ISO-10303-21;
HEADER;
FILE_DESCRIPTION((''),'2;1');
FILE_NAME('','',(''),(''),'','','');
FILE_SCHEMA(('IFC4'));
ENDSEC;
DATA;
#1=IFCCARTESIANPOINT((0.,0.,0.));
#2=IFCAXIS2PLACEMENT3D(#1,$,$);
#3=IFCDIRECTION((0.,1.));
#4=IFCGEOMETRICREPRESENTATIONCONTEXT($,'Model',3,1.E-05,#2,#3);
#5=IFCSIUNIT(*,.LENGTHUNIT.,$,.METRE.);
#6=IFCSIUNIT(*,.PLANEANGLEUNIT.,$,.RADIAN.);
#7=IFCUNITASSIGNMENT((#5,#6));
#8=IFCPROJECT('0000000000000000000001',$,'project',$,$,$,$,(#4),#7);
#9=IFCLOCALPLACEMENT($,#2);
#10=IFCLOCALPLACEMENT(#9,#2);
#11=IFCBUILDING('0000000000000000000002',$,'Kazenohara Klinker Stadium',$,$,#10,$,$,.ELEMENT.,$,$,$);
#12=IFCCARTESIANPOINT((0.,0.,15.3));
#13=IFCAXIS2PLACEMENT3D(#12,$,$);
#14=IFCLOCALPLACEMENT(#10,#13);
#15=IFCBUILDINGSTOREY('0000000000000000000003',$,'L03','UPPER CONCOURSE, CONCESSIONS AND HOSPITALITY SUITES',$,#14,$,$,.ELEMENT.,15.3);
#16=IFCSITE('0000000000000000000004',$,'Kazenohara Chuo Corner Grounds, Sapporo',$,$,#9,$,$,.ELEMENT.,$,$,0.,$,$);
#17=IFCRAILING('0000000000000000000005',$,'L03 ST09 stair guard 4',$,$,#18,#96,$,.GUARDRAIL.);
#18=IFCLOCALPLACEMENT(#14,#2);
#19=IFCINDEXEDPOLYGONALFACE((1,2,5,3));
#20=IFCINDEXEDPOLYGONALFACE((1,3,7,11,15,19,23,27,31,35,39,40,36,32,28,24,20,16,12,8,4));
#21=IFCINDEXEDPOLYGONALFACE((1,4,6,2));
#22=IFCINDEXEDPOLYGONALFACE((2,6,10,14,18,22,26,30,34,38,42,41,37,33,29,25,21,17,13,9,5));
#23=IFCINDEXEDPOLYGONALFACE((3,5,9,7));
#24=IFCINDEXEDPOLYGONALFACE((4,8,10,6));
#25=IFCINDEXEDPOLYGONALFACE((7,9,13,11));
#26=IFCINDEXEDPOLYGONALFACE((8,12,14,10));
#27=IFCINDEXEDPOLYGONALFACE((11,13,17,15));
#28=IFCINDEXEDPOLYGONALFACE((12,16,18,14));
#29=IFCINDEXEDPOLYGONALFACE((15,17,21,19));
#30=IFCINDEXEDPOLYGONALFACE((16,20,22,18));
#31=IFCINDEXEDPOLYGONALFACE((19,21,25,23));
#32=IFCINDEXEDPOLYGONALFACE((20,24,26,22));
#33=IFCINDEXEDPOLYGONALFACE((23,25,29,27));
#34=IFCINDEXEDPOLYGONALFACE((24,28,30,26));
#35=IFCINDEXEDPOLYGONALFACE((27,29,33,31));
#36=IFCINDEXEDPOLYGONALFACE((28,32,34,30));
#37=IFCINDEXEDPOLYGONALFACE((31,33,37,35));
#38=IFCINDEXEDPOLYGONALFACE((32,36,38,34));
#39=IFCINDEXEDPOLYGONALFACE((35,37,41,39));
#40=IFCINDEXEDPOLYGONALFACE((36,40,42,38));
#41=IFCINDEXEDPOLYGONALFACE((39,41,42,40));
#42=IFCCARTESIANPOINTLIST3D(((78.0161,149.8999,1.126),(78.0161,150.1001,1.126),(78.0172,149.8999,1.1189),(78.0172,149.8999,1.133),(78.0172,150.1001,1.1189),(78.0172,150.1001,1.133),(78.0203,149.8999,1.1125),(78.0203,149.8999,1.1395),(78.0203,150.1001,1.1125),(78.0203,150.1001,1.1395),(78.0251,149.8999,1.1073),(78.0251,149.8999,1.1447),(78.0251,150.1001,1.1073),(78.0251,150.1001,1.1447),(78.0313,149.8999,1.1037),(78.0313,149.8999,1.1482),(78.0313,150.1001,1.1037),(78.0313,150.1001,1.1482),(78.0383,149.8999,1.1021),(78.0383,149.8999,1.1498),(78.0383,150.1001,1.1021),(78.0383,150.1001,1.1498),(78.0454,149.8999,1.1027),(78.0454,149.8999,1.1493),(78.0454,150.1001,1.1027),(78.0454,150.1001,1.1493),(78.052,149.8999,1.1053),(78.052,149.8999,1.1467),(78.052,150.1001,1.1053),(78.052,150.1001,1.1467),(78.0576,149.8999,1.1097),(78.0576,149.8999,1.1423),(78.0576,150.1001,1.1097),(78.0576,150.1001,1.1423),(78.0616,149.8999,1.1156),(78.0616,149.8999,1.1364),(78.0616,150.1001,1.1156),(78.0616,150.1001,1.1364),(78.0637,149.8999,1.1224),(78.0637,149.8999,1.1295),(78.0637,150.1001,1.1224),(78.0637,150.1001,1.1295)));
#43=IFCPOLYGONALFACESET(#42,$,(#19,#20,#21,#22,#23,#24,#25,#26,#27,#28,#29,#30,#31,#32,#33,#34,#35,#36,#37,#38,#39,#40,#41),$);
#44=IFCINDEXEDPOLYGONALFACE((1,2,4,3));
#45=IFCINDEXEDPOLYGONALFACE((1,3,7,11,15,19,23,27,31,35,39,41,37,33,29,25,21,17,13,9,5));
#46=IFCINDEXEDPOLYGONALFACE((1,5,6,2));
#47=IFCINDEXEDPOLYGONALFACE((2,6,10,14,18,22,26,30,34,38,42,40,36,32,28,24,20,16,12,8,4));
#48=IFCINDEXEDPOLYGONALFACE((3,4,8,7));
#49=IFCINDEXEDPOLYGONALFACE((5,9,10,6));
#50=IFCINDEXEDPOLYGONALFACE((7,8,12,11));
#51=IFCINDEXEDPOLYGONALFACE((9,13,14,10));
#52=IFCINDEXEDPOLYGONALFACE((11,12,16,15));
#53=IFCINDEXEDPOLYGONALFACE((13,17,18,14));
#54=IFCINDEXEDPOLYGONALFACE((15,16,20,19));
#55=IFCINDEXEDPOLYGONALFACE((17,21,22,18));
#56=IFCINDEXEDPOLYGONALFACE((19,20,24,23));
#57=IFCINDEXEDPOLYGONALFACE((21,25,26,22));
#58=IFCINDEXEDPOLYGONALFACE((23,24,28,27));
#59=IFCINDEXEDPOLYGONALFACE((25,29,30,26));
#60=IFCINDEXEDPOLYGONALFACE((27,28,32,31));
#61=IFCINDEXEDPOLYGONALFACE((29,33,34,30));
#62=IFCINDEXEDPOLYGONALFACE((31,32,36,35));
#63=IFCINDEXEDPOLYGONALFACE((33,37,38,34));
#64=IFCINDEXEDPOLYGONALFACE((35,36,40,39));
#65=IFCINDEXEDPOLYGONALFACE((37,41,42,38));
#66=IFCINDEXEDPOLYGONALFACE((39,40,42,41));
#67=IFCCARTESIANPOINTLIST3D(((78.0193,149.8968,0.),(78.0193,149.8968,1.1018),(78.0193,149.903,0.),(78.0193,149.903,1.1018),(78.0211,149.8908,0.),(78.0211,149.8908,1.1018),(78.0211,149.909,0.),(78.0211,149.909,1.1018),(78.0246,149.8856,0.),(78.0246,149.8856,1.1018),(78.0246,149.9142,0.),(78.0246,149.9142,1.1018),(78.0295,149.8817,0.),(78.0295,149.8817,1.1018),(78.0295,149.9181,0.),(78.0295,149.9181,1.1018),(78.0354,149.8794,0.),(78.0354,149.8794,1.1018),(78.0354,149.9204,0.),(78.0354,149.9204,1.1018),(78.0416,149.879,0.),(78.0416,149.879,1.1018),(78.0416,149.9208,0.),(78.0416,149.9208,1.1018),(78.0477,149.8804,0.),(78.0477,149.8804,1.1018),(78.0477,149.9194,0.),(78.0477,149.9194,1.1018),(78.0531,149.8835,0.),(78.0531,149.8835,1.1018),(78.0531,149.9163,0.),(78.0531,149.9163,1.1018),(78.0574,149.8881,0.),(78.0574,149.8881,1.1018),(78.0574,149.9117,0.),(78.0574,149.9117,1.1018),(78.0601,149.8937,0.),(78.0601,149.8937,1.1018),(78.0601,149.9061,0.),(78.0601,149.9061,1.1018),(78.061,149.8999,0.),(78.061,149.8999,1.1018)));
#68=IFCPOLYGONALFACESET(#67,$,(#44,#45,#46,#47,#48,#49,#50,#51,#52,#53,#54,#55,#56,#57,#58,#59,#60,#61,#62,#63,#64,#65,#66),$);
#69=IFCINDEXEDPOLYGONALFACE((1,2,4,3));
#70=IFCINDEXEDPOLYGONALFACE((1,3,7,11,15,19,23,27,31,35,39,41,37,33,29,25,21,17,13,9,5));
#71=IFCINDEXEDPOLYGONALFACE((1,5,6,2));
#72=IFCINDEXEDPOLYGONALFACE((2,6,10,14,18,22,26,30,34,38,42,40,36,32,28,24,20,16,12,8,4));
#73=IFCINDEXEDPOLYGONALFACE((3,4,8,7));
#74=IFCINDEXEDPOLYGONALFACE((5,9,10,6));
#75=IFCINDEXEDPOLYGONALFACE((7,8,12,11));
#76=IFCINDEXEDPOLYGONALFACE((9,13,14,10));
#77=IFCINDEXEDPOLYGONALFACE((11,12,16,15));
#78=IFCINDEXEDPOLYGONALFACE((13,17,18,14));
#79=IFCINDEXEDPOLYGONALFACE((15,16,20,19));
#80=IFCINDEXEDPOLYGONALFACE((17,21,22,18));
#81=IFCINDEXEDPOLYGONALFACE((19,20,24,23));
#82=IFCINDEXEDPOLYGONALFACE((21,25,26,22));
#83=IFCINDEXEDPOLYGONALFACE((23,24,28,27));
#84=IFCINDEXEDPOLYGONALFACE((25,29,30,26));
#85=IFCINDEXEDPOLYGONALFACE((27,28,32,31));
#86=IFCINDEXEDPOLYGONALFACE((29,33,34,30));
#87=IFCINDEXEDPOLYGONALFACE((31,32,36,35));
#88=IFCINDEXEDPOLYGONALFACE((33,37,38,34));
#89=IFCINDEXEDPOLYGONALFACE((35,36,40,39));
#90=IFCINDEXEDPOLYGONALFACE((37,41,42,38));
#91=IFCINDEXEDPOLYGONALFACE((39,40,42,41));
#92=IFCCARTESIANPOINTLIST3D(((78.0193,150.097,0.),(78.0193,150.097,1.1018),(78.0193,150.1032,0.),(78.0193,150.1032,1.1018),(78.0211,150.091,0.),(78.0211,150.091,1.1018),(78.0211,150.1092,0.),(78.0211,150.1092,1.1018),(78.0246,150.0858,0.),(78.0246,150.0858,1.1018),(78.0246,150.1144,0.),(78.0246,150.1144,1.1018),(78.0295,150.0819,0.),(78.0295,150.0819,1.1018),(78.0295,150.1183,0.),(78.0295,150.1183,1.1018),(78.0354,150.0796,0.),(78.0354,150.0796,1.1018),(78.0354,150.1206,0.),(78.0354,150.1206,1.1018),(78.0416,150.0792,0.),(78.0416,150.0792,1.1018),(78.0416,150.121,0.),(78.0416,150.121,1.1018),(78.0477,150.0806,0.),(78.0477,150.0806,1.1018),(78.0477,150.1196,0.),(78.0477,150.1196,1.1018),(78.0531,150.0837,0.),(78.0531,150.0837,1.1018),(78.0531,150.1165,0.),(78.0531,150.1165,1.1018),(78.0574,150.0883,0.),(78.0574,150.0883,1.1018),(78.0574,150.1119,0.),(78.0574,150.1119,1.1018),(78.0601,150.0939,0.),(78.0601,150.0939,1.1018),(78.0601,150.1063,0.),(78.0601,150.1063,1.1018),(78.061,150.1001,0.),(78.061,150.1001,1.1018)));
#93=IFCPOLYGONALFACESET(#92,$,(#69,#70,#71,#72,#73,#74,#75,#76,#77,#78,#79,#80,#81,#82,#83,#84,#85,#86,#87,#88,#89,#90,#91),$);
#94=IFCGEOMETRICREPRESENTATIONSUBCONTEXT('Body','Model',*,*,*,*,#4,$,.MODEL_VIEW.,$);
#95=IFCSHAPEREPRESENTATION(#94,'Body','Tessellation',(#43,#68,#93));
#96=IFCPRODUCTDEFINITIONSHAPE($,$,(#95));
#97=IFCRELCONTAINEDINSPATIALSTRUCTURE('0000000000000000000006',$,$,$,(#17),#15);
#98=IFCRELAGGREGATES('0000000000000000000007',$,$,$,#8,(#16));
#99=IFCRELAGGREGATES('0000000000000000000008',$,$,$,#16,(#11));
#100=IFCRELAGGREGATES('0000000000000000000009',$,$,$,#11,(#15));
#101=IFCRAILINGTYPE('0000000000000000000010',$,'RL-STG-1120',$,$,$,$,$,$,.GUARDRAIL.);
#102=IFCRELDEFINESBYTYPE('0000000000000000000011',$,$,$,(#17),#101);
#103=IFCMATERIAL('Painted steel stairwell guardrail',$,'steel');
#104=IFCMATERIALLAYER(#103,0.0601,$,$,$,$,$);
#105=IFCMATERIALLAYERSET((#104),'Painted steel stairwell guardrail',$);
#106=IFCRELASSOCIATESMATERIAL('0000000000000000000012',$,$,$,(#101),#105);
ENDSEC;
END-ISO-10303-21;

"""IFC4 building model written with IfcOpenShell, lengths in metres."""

from ifc_helpers import new_model, si_unit, direction, frame, origin, origin_2d, place, context, subcontext, project, spatial, circle, extrude, material, layer, layer_set, type_object, element, save


model = new_model("IFC4")

# Units and contexts
model_context = context("Model", 3, precision=1e-05, world=origin(), true_north=direction((0.0, 1.0)))
body_context = subcontext(model_context, "Body", "Model", "MODEL_VIEW")
ifc_project = project(units=[si_unit("LENGTHUNIT", "METRE"), si_unit("PLANEANGLEUNIT", "RADIAN")], contexts=[model_context])

# Site, building, storey
site_placement = place(None, origin())
site = spatial("IfcSite", under=ifc_project, at=site_placement, Name="Kazenohara Chuo Corner Grounds, Sapporo", CompositionType="ELEMENT", RefElevation=0.0)
building_placement = place(site_placement, origin())
building = spatial("IfcBuilding", under=site, at=building_placement, Name="Kazenohara Klinker Stadium", CompositionType="ELEMENT")
storey_placement = place(building_placement, frame((0.0, 0.0, 15.3)))
storey = spatial("IfcBuildingStorey", under=building, at=storey_placement, Name="L03", Description="UPPER CONCOURSE, CONCESSIONS AND HOSPITALITY SUITES", CompositionType="ELEMENT", Elevation=15.3)

# Railing
ifc_material_1 = material(Name="Painted steel stairwell guardrail", Category="steel")
ifc_layer_1 = layer(ifc_material_1, 0.0601)
ifc_layer_set_1 = layer_set([ifc_layer_1], Name="Painted steel stairwell guardrail")
railing_type_1 = type_object("IfcRailingType", Name="RL-STG-1120", PredefinedType="GUARDRAIL", material=ifc_layer_set_1)
railing_1_placement = place(storey_placement, frame((78.04, 149.8999, 0.0)))
element("IfcRailing", 1, at=railing_1_placement, inside=storey, type_object=railing_type_1, Name="L03 ST09 stair guard 4", PredefinedType="GUARDRAIL", context=body_context, shape_type="SweptSolid", body=[
    extrude(circle(Radius=0.0239, at=origin_2d()), frame((0.0, 0.0, 1.126), z_axis=(0.0, 1.0, 0.0), x_axis=(-1.0, 0.0, 0.0)), (0.0, 0.0, 1.0), 0.2002),
    extrude(circle(Radius=0.021, at=origin_2d()), origin(), (0.0, 0.0, 1.0), 1.1018),
    extrude(circle(Radius=0.021, at=origin_2d()), frame((0.0, 0.2002, 0.0)), (0.0, 0.0, 1.0), 1.1018),
])

save(model, "model.ifc")
